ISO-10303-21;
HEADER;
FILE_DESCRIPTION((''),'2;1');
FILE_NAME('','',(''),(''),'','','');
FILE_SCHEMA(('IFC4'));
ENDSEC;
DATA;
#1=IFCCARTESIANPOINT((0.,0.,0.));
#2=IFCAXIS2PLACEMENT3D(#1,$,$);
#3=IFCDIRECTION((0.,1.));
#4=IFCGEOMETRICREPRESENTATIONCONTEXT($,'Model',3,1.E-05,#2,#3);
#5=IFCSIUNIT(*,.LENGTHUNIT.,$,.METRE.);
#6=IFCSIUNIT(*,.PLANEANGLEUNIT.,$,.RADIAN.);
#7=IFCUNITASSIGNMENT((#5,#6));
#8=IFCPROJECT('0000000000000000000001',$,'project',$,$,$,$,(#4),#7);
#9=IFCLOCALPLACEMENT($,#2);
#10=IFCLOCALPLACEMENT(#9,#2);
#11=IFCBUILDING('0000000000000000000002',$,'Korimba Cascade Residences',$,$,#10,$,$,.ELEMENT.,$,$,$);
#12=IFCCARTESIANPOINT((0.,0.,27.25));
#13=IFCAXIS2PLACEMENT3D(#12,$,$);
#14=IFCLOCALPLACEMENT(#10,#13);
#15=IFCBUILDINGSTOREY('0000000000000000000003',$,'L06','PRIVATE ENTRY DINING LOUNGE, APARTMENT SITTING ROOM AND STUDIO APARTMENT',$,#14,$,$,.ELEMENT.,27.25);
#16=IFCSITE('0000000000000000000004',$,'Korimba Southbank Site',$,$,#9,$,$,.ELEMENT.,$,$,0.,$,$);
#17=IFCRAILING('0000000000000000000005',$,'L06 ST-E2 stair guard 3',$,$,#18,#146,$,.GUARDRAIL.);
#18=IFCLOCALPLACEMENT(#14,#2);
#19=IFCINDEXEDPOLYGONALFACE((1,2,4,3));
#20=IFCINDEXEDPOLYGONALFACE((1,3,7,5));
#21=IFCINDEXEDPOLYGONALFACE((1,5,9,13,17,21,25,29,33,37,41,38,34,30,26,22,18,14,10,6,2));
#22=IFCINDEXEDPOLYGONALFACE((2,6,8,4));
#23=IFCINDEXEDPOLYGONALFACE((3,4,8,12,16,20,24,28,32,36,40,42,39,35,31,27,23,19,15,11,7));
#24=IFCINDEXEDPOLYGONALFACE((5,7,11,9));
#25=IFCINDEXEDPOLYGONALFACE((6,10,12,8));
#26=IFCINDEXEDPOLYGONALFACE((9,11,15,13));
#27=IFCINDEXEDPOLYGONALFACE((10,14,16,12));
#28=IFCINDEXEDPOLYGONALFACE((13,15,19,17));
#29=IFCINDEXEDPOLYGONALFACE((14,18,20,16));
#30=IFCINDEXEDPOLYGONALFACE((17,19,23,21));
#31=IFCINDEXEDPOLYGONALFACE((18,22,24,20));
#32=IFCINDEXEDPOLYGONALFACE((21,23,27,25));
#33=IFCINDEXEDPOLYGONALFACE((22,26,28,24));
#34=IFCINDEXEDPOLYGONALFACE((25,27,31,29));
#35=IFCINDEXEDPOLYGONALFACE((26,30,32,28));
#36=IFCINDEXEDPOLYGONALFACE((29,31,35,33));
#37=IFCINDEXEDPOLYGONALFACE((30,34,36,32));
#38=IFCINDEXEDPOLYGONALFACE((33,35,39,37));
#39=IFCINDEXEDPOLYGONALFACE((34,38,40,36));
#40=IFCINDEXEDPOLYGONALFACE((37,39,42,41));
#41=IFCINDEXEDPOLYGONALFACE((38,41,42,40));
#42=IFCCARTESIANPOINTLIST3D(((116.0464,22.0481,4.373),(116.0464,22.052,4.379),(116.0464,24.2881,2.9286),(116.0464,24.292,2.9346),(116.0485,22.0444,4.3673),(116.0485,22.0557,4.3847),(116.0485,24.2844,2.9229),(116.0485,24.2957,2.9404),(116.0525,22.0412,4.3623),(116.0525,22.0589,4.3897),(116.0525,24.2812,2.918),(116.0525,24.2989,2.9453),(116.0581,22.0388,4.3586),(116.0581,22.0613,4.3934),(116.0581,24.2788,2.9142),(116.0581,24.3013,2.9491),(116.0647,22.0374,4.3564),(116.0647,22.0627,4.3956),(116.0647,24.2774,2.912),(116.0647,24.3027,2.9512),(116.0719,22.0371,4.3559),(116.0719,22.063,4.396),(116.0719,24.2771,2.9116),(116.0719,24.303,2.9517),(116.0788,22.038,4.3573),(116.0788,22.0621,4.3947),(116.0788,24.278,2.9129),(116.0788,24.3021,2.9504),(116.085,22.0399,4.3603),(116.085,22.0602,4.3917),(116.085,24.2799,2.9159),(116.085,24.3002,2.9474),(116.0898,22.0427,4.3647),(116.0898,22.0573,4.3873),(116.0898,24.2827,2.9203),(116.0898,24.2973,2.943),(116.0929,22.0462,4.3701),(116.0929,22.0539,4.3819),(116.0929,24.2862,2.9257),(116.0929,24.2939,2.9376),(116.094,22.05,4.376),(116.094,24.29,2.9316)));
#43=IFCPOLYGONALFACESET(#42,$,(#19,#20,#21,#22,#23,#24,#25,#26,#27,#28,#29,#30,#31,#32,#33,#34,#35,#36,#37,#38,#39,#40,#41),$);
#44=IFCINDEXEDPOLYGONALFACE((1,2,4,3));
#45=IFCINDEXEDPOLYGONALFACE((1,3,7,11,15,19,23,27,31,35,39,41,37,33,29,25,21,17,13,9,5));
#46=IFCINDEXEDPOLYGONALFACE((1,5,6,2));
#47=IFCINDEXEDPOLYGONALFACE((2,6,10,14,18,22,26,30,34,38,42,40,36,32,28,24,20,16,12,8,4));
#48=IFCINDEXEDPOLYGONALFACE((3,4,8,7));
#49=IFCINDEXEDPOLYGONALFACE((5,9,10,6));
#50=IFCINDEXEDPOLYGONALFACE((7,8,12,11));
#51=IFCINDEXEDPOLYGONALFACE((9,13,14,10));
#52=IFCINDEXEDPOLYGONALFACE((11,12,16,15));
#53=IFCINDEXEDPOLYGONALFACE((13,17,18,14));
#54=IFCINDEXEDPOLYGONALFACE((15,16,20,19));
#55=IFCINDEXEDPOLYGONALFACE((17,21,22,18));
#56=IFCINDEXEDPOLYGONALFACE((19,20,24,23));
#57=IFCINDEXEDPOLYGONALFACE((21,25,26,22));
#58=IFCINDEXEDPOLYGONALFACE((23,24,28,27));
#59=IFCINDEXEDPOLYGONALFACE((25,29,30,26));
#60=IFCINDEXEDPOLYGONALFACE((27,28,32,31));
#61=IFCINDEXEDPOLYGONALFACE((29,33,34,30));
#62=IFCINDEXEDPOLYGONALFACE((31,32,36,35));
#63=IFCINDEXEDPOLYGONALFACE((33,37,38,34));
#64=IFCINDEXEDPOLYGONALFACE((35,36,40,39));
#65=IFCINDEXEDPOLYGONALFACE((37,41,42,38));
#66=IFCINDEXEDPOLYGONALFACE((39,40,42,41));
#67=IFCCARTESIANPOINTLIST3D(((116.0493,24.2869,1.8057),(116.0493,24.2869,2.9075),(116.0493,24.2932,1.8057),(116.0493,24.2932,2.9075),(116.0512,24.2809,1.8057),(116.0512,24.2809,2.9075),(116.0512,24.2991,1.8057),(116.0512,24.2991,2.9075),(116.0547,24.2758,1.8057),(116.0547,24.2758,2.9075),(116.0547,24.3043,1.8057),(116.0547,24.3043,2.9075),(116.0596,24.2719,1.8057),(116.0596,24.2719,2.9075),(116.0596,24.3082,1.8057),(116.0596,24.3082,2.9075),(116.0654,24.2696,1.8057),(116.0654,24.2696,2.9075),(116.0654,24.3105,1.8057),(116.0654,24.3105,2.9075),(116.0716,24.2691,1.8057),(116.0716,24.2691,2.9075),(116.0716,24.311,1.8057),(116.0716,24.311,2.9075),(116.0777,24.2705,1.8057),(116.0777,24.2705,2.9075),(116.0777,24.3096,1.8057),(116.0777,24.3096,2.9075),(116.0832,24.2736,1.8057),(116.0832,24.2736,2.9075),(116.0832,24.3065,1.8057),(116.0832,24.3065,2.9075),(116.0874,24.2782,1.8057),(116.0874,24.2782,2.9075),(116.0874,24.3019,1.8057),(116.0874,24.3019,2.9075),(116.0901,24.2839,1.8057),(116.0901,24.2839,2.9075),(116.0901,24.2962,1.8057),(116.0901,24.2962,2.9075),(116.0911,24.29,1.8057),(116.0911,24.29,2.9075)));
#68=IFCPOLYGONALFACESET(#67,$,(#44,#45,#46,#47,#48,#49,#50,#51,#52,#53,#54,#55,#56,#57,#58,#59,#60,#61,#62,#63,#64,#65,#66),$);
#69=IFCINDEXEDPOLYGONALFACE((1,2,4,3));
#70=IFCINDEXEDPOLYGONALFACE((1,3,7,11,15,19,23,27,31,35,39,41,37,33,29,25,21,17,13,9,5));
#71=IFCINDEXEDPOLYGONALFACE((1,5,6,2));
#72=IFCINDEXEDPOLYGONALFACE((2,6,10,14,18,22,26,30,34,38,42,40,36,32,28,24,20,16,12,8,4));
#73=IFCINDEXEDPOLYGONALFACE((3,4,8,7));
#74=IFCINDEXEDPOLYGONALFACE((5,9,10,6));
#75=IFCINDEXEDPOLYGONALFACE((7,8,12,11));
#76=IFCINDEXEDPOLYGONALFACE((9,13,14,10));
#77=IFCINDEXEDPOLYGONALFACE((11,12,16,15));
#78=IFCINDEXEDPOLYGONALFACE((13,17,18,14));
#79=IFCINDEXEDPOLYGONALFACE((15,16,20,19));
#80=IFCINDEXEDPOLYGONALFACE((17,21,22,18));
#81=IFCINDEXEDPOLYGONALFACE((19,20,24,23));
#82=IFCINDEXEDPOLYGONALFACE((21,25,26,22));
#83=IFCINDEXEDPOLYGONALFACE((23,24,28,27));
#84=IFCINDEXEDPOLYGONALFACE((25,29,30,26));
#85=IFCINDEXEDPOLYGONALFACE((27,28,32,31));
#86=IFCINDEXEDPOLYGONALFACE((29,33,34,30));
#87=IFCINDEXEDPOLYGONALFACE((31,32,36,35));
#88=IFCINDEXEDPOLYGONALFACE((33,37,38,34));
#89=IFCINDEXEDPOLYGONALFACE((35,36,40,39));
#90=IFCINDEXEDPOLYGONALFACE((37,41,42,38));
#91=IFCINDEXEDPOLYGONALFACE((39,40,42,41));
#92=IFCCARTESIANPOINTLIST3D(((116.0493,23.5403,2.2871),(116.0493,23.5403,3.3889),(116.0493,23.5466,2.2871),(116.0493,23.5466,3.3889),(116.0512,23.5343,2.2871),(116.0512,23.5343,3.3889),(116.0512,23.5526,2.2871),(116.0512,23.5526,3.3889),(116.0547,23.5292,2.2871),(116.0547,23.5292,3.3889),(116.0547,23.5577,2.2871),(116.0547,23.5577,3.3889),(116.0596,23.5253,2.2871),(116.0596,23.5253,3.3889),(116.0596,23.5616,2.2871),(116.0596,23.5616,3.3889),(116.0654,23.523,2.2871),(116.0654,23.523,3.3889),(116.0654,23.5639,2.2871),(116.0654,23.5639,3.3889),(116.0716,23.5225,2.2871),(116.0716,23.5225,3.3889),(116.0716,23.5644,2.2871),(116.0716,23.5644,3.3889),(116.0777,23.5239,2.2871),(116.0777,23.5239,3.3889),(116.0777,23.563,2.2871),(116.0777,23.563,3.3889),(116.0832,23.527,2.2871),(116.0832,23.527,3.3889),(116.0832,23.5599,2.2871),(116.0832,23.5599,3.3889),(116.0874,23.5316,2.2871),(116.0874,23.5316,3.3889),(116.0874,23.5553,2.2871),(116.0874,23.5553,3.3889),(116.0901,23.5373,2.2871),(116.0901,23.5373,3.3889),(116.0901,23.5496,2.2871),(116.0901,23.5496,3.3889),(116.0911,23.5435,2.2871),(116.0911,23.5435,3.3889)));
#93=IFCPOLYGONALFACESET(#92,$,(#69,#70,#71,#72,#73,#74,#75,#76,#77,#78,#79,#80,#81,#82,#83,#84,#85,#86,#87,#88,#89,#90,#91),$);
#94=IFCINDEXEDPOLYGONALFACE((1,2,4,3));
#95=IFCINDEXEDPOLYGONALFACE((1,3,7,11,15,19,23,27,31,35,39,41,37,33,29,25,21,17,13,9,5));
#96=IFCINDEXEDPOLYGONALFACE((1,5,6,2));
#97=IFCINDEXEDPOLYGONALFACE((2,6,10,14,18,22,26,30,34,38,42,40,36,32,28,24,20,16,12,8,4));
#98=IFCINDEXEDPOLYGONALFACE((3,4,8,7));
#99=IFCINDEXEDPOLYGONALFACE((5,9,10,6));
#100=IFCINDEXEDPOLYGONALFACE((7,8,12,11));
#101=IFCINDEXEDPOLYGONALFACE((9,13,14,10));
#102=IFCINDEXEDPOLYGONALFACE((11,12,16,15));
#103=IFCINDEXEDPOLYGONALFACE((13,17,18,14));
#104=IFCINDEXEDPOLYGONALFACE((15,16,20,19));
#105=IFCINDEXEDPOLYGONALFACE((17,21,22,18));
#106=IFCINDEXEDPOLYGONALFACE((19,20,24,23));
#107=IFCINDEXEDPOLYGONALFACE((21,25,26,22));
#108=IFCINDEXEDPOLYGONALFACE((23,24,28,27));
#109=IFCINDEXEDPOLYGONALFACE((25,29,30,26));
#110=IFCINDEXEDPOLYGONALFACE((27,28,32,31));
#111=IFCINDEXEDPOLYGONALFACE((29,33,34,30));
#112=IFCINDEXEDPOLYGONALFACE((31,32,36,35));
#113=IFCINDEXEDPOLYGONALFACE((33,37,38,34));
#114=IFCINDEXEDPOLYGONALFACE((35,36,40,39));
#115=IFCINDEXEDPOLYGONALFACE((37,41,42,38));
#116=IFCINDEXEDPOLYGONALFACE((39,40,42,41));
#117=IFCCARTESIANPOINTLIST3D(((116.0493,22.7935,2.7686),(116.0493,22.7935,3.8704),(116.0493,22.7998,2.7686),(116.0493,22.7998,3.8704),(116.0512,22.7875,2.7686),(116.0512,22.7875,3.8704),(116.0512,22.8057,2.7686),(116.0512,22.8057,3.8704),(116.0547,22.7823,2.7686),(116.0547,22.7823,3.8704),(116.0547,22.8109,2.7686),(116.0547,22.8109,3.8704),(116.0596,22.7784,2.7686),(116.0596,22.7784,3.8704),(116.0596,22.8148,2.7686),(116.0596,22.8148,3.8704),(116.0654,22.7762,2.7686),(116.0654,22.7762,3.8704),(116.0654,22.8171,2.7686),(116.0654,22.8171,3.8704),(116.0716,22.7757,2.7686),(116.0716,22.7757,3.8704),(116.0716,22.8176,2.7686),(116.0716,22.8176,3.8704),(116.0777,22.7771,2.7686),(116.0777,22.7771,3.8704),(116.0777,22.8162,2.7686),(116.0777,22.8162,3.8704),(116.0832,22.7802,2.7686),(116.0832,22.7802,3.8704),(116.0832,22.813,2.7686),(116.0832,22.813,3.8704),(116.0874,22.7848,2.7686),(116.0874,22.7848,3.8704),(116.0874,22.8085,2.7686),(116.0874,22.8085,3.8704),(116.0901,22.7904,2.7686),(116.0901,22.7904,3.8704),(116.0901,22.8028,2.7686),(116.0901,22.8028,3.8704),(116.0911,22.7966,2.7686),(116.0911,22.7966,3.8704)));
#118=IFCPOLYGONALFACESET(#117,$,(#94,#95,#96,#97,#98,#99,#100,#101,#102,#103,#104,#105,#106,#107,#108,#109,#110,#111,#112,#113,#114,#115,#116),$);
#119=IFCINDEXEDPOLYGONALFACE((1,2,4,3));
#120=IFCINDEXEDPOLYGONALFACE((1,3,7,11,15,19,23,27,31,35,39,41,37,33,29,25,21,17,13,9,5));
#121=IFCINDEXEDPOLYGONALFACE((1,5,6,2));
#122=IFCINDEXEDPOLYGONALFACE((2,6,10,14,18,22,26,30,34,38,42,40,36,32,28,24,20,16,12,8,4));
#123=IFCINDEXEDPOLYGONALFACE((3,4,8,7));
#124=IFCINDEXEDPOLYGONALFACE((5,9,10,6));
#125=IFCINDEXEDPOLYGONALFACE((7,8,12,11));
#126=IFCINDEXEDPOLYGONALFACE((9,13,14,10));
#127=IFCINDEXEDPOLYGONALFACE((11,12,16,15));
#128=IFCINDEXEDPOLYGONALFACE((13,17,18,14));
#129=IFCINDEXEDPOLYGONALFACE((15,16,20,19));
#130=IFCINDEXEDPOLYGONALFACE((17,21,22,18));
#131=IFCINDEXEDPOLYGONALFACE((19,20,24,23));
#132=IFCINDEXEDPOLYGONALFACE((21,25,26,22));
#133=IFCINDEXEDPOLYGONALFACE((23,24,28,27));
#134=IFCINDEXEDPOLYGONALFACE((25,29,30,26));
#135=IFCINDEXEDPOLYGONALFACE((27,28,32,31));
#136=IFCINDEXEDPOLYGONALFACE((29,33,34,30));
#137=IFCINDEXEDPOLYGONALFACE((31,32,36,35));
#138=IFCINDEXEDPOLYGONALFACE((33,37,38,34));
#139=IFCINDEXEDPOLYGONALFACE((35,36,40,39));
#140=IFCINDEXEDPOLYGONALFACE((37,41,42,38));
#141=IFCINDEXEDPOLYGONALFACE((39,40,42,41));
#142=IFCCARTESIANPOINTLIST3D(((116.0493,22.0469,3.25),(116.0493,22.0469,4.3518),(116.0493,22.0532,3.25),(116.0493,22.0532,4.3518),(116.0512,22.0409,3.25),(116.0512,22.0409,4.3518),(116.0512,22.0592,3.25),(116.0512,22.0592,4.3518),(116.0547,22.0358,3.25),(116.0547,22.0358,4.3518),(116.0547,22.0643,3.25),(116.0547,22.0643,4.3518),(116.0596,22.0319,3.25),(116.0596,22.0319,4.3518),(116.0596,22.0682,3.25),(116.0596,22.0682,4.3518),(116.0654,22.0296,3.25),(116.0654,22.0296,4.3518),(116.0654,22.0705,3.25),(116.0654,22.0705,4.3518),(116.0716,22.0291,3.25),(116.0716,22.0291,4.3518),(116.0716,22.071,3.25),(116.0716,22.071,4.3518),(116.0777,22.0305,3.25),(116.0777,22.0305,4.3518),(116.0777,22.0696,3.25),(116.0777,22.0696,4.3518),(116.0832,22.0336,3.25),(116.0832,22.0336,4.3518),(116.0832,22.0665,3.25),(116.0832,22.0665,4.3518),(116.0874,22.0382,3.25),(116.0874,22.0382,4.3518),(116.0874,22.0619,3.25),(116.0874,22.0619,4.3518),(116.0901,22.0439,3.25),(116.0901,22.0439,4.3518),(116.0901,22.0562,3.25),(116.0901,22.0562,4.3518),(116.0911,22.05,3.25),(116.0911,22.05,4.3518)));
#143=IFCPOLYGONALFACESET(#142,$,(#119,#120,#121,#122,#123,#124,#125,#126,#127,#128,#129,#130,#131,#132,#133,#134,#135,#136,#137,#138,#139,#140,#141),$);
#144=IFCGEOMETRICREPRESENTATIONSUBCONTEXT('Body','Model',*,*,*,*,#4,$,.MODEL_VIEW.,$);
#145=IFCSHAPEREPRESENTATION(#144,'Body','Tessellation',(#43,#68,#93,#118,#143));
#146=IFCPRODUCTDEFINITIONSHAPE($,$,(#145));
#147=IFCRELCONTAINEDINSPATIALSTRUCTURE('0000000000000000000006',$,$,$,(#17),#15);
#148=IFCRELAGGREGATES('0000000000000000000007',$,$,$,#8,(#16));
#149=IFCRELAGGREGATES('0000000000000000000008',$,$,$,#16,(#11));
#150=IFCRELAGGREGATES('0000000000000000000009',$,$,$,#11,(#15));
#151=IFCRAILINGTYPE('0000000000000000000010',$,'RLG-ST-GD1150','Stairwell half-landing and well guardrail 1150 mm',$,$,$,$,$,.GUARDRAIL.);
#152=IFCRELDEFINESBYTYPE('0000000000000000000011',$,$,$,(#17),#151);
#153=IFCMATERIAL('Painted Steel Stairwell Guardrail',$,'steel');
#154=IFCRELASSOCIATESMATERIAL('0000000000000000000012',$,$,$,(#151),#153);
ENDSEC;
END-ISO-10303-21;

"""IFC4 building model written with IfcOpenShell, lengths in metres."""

from ifc_helpers import new_model, si_unit, direction, frame, origin, origin_2d, place, context, subcontext, project, spatial, circle, extrude, material, type_object, element, save


model = new_model("IFC4")

# Units and contexts
model_context = context("Model", 3, precision=1e-05, world=origin(), true_north=direction((0.0, 1.0)))
body_context = subcontext(model_context, "Body", "Model", "MODEL_VIEW")
ifc_project = project(units=[si_unit("LENGTHUNIT", "METRE"), si_unit("PLANEANGLEUNIT", "RADIAN")], contexts=[model_context])

# Site, building, storey
site_placement = place(None, origin())
site = spatial("IfcSite", under=ifc_project, at=site_placement, Name="Korimba Southbank Site", CompositionType="ELEMENT", RefElevation=0.0)
building_placement = place(site_placement, origin())
building = spatial("IfcBuilding", under=site, at=building_placement, Name="Korimba Cascade Residences", CompositionType="ELEMENT")
storey_placement = place(building_placement, frame((0.0, 0.0, 27.25)))
storey = spatial("IfcBuildingStorey", under=building, at=storey_placement, Name="L06", Description="PRIVATE ENTRY DINING LOUNGE, APARTMENT SITTING ROOM AND STUDIO APARTMENT", CompositionType="ELEMENT", Elevation=27.25)

# Railing
ifc_material_1 = material(Name="Painted Steel Stairwell Guardrail", Category="steel")
railing_type_1 = type_object("IfcRailingType", Name="RLG-ST-GD1150", Description="Stairwell half-landing and well guardrail 1150 mm", PredefinedType="GUARDRAIL", material=ifc_material_1)
railing_1_placement = place(storey_placement, frame((116.0701, 24.29, 1.8057)))
element("IfcRailing", 1, at=railing_1_placement, inside=storey, type_object=railing_type_1, Name="L06 ST-E2 stair guard 3", PredefinedType="GUARDRAIL", context=body_context, shape_type="SweptSolid", body=[
    extrude(circle(Radius=0.0239, at=origin_2d()), frame((0.0, 0.0, 1.126), z_axis=(0.0, -0.840437, 0.54191), x_axis=(1.0, 0.0, 0.0)), (0.0, 0.0, 1.0), 2.6653),
    extrude(circle(Radius=0.021, at=origin_2d()), origin(), (0.0, 0.0, 1.0), 1.1018),
    extrude(circle(Radius=0.021, at=origin_2d()), frame((0.0, -0.7466, 0.4814)), (0.0, 0.0, 1.0), 1.1018),
    extrude(circle(Radius=0.021, at=origin_2d()), frame((0.0, -1.4934, 0.9629)), (0.0, 0.0, 1.0), 1.1018),
    extrude(circle(Radius=0.021, at=origin_2d()), frame((0.0, -2.24, 1.4443)), (0.0, 0.0, 1.0), 1.1018),
])

save(model, "model.ifc")
